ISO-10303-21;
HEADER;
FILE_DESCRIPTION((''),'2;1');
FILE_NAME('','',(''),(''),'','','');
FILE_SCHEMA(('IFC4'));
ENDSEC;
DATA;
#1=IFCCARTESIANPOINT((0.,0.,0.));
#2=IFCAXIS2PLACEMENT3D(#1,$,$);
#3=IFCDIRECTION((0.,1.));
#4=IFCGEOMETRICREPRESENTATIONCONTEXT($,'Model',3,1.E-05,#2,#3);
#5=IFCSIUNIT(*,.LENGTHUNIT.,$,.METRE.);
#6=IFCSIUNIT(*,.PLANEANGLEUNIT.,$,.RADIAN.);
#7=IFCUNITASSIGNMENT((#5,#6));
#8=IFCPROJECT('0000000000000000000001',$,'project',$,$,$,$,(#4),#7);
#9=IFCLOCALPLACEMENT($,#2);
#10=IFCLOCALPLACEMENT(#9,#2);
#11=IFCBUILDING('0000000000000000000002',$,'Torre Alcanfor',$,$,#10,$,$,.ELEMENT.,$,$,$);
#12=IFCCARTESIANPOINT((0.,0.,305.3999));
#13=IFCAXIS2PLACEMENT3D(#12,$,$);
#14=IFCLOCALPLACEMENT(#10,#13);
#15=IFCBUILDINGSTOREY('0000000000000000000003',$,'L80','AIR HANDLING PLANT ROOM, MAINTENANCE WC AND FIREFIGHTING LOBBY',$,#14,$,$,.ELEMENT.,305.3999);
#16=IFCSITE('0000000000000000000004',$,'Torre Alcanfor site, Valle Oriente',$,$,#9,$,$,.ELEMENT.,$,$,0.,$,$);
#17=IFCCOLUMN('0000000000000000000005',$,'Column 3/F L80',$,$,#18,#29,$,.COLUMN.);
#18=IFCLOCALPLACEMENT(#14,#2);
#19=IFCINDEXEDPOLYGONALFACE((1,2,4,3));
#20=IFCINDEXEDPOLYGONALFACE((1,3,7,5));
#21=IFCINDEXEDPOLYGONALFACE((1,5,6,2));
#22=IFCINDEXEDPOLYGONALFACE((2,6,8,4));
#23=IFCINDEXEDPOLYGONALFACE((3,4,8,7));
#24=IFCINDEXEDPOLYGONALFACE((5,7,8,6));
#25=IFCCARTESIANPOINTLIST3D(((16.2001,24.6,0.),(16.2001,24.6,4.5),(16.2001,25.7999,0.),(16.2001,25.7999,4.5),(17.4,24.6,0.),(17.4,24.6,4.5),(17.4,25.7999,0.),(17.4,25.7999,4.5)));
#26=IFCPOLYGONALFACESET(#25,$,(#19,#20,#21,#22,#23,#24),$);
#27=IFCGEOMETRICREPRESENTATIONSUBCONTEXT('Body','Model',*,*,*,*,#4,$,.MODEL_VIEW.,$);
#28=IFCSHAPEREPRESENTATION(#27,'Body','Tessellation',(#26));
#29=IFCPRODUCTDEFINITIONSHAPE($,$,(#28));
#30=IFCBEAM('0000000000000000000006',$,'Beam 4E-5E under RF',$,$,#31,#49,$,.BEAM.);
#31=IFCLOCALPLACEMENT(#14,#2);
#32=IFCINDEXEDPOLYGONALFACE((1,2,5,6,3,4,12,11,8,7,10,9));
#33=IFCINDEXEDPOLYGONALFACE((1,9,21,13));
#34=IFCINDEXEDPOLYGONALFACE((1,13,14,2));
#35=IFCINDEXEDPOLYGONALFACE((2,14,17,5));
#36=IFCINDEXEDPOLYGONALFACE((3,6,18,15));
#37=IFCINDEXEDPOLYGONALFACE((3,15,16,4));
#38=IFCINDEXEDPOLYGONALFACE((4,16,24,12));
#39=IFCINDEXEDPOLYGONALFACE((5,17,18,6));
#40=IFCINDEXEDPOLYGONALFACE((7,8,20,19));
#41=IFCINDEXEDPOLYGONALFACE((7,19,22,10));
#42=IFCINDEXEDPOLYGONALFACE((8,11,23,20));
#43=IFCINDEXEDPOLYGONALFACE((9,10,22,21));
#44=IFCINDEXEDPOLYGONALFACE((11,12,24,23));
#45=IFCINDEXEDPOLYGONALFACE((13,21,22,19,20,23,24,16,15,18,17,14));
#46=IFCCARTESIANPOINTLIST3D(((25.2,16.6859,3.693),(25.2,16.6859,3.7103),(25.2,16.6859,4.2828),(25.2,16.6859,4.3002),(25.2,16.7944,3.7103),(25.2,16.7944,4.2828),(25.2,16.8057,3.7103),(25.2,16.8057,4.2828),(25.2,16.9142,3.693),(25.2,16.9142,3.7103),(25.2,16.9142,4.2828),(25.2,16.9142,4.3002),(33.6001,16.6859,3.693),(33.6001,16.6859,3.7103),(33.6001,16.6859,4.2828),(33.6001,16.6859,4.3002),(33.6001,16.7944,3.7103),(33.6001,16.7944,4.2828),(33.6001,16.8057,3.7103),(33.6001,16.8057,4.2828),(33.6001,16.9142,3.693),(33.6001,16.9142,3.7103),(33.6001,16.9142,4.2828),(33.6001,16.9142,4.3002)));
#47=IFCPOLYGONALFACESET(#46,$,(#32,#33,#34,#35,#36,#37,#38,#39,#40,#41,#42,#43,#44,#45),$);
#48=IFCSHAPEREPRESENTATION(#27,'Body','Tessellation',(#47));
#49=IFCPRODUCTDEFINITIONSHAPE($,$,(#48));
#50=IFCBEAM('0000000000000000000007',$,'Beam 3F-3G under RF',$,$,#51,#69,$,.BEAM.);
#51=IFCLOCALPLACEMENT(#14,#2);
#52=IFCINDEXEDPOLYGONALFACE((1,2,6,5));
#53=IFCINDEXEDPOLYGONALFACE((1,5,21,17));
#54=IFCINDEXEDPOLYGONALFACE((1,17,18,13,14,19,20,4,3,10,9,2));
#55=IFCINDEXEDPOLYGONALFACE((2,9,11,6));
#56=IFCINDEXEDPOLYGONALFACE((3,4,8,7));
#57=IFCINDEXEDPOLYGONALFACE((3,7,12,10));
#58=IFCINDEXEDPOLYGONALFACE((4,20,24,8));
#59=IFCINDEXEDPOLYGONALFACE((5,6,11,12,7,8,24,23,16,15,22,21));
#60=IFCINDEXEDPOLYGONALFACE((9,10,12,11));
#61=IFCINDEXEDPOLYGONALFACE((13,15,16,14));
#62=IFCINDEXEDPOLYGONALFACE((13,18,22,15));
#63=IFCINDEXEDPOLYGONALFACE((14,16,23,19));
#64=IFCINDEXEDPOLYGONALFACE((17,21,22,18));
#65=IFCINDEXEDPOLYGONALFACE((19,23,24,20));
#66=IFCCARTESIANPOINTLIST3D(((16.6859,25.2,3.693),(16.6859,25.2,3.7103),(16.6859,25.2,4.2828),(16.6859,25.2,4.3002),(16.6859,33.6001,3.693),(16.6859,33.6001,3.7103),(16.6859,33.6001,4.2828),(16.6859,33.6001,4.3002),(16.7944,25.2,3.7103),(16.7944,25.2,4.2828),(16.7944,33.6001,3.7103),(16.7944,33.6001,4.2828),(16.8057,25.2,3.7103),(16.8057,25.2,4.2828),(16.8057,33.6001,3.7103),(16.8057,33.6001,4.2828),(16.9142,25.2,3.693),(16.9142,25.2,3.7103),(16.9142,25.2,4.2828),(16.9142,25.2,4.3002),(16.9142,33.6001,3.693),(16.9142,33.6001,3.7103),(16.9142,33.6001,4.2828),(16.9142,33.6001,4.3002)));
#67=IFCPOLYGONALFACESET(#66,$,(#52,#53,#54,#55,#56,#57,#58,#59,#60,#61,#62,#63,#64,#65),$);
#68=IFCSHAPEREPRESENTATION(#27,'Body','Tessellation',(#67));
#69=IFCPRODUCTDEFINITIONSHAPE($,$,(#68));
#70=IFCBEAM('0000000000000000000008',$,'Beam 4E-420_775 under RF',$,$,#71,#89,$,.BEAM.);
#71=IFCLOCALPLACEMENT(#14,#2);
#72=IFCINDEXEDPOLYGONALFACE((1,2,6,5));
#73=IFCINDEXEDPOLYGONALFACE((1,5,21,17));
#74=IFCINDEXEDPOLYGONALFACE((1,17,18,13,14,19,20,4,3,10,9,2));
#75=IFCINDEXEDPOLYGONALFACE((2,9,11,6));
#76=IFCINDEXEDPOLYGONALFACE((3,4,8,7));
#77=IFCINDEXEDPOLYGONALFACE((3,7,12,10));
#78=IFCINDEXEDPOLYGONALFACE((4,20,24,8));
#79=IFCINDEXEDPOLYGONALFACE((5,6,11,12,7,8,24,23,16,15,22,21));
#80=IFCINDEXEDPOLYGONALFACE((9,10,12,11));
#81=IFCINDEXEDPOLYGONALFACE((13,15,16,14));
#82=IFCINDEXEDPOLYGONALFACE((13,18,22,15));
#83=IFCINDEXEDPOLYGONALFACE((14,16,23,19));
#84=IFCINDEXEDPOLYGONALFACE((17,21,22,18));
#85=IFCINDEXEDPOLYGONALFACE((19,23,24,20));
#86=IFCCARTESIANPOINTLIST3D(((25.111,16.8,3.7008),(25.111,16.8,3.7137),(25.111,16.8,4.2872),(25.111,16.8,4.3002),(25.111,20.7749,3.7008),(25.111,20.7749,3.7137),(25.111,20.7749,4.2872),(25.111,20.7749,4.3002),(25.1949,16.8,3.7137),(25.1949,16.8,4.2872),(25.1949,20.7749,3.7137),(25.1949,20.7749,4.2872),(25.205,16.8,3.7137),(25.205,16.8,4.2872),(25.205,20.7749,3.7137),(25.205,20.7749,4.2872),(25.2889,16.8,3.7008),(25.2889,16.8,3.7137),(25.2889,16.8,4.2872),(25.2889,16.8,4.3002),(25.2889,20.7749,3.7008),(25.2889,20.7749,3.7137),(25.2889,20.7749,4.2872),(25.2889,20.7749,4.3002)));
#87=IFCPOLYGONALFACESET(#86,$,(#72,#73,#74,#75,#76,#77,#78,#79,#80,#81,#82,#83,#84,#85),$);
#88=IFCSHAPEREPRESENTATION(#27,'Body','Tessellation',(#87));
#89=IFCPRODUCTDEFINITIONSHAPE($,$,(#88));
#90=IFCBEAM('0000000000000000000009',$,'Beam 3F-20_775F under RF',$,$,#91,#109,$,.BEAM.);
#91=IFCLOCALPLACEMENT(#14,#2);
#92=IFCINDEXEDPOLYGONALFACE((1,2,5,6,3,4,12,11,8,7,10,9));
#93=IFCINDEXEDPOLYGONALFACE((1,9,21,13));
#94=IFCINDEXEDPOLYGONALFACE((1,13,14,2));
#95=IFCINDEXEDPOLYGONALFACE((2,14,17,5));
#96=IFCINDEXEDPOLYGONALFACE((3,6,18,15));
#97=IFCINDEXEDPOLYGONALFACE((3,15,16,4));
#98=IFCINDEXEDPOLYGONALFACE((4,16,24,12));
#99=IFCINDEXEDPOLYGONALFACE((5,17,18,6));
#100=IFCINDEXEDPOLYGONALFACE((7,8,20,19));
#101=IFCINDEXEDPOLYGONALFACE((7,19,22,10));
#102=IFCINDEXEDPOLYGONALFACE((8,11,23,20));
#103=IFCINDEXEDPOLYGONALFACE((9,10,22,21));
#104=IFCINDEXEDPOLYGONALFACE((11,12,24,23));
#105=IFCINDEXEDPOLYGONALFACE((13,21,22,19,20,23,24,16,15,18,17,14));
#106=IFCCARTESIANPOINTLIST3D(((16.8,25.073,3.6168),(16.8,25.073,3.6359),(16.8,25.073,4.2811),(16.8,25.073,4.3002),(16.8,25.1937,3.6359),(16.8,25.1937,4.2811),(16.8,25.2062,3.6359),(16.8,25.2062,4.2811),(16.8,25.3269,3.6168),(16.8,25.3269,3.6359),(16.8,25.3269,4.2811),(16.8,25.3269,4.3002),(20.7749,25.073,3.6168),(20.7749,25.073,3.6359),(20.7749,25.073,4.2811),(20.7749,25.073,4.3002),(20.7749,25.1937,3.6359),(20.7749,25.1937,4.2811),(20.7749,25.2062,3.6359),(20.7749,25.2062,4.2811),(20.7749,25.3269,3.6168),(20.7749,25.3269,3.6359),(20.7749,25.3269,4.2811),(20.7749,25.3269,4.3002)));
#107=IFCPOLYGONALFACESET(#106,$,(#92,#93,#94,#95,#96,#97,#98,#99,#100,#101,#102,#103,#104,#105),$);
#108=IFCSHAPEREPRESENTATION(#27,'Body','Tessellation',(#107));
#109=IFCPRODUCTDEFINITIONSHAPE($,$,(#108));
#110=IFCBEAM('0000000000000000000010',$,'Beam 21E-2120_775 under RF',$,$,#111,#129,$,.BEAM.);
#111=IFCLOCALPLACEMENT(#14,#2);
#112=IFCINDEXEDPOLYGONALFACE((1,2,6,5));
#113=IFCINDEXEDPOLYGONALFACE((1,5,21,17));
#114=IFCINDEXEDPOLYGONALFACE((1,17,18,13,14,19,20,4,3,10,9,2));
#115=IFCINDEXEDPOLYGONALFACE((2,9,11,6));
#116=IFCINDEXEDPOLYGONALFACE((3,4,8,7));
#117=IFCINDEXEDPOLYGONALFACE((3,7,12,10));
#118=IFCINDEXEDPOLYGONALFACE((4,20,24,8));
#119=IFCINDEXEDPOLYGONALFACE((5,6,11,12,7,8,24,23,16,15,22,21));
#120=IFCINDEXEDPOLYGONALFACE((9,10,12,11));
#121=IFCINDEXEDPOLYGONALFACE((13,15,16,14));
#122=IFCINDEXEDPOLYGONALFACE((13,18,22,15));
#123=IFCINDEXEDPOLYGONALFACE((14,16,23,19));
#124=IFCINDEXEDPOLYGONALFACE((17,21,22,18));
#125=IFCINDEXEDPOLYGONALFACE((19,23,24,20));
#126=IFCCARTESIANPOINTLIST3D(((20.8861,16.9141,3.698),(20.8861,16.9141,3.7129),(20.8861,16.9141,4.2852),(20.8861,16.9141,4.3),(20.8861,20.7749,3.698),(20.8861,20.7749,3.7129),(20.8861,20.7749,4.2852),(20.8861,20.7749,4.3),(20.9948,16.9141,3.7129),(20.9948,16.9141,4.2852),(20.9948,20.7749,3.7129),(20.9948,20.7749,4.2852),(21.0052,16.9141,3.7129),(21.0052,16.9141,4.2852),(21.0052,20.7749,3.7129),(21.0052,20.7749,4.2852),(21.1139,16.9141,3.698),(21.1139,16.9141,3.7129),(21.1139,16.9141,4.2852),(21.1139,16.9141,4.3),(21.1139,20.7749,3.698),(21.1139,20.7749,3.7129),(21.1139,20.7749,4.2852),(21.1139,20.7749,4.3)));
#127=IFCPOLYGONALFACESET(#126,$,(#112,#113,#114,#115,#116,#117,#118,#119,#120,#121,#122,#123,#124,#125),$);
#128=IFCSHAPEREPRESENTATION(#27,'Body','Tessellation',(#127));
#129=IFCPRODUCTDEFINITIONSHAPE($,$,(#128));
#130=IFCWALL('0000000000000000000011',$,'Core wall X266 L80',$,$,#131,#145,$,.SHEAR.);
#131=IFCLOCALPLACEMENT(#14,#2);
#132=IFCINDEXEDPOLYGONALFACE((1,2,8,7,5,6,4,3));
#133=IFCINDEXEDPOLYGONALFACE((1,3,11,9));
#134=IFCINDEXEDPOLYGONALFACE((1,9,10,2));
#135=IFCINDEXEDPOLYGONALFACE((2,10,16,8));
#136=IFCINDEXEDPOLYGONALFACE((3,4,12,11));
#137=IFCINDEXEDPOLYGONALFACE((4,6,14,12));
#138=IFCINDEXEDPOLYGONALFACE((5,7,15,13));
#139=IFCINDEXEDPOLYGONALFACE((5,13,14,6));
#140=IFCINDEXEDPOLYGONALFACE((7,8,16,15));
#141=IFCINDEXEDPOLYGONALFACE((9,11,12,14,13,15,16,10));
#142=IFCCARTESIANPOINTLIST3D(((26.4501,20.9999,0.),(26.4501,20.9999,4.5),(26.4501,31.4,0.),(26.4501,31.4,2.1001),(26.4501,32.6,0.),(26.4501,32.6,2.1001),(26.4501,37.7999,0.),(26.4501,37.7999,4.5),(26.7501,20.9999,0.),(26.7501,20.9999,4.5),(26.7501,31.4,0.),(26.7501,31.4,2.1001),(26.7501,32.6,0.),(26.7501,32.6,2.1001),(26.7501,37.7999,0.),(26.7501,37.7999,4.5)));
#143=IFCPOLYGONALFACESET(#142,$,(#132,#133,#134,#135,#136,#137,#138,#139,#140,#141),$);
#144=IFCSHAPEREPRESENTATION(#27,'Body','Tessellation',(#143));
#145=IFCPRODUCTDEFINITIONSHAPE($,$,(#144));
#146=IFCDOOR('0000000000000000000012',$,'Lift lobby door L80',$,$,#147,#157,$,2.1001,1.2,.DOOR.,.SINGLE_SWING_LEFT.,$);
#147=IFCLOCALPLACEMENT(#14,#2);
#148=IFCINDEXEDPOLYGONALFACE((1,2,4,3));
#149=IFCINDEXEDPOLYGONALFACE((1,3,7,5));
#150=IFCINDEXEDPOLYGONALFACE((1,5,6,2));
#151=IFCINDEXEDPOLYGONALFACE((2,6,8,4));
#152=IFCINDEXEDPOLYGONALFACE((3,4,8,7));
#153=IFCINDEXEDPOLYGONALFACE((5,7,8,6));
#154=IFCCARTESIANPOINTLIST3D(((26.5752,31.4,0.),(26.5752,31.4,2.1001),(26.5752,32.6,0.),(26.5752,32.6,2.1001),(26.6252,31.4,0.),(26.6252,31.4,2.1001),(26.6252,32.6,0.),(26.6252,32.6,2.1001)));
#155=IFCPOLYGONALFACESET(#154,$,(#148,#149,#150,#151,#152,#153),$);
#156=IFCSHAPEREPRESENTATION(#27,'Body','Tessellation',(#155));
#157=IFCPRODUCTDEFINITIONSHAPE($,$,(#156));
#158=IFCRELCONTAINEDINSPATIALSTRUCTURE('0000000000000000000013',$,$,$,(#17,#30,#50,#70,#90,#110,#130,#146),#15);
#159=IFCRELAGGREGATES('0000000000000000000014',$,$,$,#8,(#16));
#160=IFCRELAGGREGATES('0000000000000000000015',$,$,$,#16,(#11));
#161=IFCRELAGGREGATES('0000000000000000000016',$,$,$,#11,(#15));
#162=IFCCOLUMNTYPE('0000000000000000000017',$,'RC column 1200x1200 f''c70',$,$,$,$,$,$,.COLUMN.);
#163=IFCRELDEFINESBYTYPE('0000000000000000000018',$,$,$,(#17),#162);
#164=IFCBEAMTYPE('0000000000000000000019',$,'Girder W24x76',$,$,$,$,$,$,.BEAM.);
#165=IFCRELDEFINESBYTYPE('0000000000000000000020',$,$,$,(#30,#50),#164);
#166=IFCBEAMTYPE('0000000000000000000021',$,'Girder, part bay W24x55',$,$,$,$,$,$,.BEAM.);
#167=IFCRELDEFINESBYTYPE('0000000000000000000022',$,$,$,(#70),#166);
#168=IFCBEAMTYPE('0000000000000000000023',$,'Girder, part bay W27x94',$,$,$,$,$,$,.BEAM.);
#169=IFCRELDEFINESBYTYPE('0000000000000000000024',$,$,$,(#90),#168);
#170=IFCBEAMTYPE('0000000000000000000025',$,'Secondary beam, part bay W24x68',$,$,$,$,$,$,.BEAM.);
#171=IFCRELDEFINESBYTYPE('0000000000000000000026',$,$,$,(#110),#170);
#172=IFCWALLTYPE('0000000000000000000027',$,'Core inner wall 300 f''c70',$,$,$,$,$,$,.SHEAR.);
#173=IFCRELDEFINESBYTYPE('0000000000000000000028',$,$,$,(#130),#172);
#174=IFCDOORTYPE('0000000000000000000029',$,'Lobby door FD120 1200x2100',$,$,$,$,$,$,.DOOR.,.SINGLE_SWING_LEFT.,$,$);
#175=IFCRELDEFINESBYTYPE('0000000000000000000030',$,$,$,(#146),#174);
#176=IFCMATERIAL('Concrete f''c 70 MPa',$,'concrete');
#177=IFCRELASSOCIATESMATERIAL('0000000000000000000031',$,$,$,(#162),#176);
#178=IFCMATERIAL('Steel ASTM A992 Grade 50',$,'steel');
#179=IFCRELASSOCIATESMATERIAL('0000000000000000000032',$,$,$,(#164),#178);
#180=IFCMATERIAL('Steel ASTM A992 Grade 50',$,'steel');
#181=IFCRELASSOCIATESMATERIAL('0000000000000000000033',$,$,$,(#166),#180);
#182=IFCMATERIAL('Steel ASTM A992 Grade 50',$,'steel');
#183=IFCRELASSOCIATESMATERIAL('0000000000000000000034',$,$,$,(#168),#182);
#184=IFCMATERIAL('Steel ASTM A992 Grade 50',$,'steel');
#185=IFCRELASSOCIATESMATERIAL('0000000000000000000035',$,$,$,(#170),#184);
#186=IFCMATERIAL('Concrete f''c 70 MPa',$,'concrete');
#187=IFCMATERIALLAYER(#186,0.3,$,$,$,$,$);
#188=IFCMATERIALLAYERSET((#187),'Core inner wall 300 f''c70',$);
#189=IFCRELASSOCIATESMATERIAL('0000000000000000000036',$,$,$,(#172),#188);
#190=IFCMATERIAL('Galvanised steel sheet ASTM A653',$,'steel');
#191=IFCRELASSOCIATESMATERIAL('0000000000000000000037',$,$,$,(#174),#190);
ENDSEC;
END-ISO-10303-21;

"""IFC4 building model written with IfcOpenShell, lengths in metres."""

from ifc_helpers import new_model, si_unit, direction, frame, frame_2d, origin, origin_2d, place, context, subcontext, project, spatial, rectangle, i_section, extrude, material, layer, layer_set, material_profile, profile_set, type_object, element, fill, save


model = new_model("IFC4")

# Units and contexts
model_context = context("Model", 3, precision=1e-05, world=origin(), true_north=direction((0.0, 1.0)))
body_context = subcontext(model_context, "Body", "Model", "MODEL_VIEW")
ifc_project = project(units=[si_unit("LENGTHUNIT", "METRE"), si_unit("PLANEANGLEUNIT", "RADIAN")], contexts=[model_context])

# Site, building, storey
site_placement = place(None, origin())
site = spatial("IfcSite", under=ifc_project, at=site_placement, Name="Torre Alcanfor site, Valle Oriente", CompositionType="ELEMENT", RefElevation=0.0)
building_placement = place(site_placement, origin())
building = spatial("IfcBuilding", under=site, at=building_placement, Name="Torre Alcanfor", CompositionType="ELEMENT")
storey_placement = place(building_placement, frame((0.0, 0.0, 305.3999)))
storey = spatial("IfcBuildingStorey", under=building, at=storey_placement, Name="L80", Description="AIR HANDLING PLANT ROOM, MAINTENANCE WC AND FIREFIGHTING LOBBY", CompositionType="ELEMENT", Elevation=305.3999)

# Column
ifc_material_1 = material(Name="Concrete f'c 70 MPa", Category="concrete")
ifc_material_profile_1 = material_profile(ifc_material_1, rectangle(XDim=1.2, YDim=1.2, at=origin_2d()), Name="1200x1200")
ifc_profile_set_1 = profile_set([ifc_material_profile_1], Name="Concrete f'c 70 MPa")
column_type = type_object("IfcColumnType", Name="RC column 1200x1200 f'c70", PredefinedType="COLUMN", material=ifc_profile_set_1)
column_placement = place(storey_placement, frame((16.8, 25.2, 0.0), z_axis=(0.0, 0.0, 1.0), x_axis=(1.0, 0.0, 0.0)))
element("IfcColumn", 1, at=column_placement, inside=storey, type_object=column_type, Name="Column 3/F L80", PredefinedType="COLUMN", context=body_context, shape_type="SweptSolid", body=[
    extrude(rectangle(XDim=1.2, YDim=1.2, at=origin_2d()), origin(), (0.0, 0.0, 1.0), 4.5),
])

# Beams
ifc_material_2 = material(Name="Steel ASTM A992 Grade 50", Category="steel")
ifc_material_profile_2 = material_profile(ifc_material_2, i_section(OverallWidth=0.2283, OverallDepth=0.6072, WebThickness=0.0112, FlangeThickness=0.0173, at=origin_2d()), Name="W24x76")
ifc_profile_set_2 = profile_set([ifc_material_profile_2], Name="Steel ASTM A992 Grade 50")
beam_type_1 = type_object("IfcBeamType", Name="Girder W24x76", PredefinedType="BEAM", material=ifc_profile_set_2)
for number, where, z_axis, x_axis, name in (
    (2, (25.2, 16.8, 3.9966), (1.0, 0.0, 0.0), (0.0, 1.0, 0.0), "Beam 4E-5E under RF"),
    (3, (16.8, 25.2, 3.9966), (0.0, 1.0, 0.0), (-1.0, 0.0, 0.0), "Beam 3F-3G under RF"),
):
    element("IfcBeam", number, at=place(storey_placement, frame(where, z_axis=z_axis, x_axis=x_axis)), inside=storey, type_object=beam_type_1, Name=name, PredefinedType="BEAM", context=body_context, shape_type="SweptSolid", body=[
        extrude(i_section(OverallWidth=0.2283, OverallDepth=0.6072, WebThickness=0.0112, FlangeThickness=0.0173, at=origin_2d()), origin(), (0.0, 0.0, 1.0), 8.4001),
    ])
ifc_material_3 = material(Name="Steel ASTM A992 Grade 50", Category="steel")
ifc_material_profile_3 = material_profile(ifc_material_3, i_section(OverallWidth=0.178, OverallDepth=0.5994, WebThickness=0.01, FlangeThickness=0.0129, at=origin_2d()), Name="W24x55")
ifc_profile_set_3 = profile_set([ifc_material_profile_3], Name="Steel ASTM A992 Grade 50")
beam_type_2 = type_object("IfcBeamType", Name="Girder, part bay W24x55", PredefinedType="BEAM", material=ifc_profile_set_3)
beam_1_placement = place(storey_placement, frame((25.2, 16.8, 4.0005), z_axis=(0.0, 1.0, 0.0), x_axis=(-1.0, 0.0, 0.0)))
element("IfcBeam", 4, at=beam_1_placement, inside=storey, type_object=beam_type_2, Name="Beam 4E-420_775 under RF", PredefinedType="BEAM", context=body_context, shape_type="SweptSolid", body=[
    extrude(i_section(OverallWidth=0.178, OverallDepth=0.5994, WebThickness=0.01, FlangeThickness=0.0129, at=origin_2d()), origin(), (0.0, 0.0, 1.0), 3.9749),
])
ifc_material_4 = material(Name="Steel ASTM A992 Grade 50", Category="steel")
ifc_material_profile_4 = material_profile(ifc_material_4, i_section(OverallWidth=0.2539, OverallDepth=0.6833, WebThickness=0.0125, FlangeThickness=0.019, at=origin_2d()), Name="W27x94")
ifc_profile_set_4 = profile_set([ifc_material_profile_4], Name="Steel ASTM A992 Grade 50")
beam_type_3 = type_object("IfcBeamType", Name="Girder, part bay W27x94", PredefinedType="BEAM", material=ifc_profile_set_4)
beam_2_placement = place(storey_placement, frame((16.8, 25.2, 3.9585), z_axis=(1.0, 0.0, 0.0), x_axis=(0.0, 1.0, 0.0)))
element("IfcBeam", 5, at=beam_2_placement, inside=storey, type_object=beam_type_3, Name="Beam 3F-20_775F under RF", PredefinedType="BEAM", context=body_context, shape_type="SweptSolid", body=[
    extrude(i_section(OverallWidth=0.2539, OverallDepth=0.6833, WebThickness=0.0125, FlangeThickness=0.019, at=origin_2d()), origin(), (0.0, 0.0, 1.0), 3.9749),
])
ifc_material_5 = material(Name="Steel ASTM A992 Grade 50", Category="steel")
ifc_material_profile_5 = material_profile(ifc_material_5, i_section(OverallWidth=0.2278, OverallDepth=0.6021, WebThickness=0.0105, FlangeThickness=0.0149, at=origin_2d()), Name="W24x68")
ifc_profile_set_5 = profile_set([ifc_material_profile_5], Name="Steel ASTM A992 Grade 50")
beam_type_4 = type_object("IfcBeamType", Name="Secondary beam, part bay W24x68", PredefinedType="BEAM", material=ifc_profile_set_5)
beam_3_placement = place(storey_placement, frame((21.0, 16.9141, 3.999), z_axis=(0.0, 1.0, 0.0), x_axis=(-1.0, 0.0, 0.0)))
element("IfcBeam", 6, at=beam_3_placement, inside=storey, type_object=beam_type_4, Name="Beam 21E-2120_775 under RF", PredefinedType="BEAM", context=body_context, shape_type="SweptSolid", body=[
    extrude(i_section(OverallWidth=0.2278, OverallDepth=0.6021, WebThickness=0.0105, FlangeThickness=0.0149, at=origin_2d()), origin(), (0.0, 0.0, 1.0), 3.8608),
])

# Wall, opening, door
ifc_material_6 = material(Name="Concrete f'c 70 MPa", Category="concrete")
ifc_layer_1 = layer(ifc_material_6, 0.3)
ifc_layer_set_1 = layer_set([ifc_layer_1], Name="Core inner wall 300 f'c70")
wall_type_1 = type_object("IfcWallType", Name="Core inner wall 300 f'c70", PredefinedType="SHEAR", material=ifc_layer_set_1)
wall_1_placement = place(storey_placement, frame((26.6001, 21.0, 0.0), z_axis=(0.0, 0.0, 1.0), x_axis=(0.0, 1.0, 0.0)))
wall_1 = element("IfcWall", 7, at=wall_1_placement, inside=storey, type_object=wall_type_1, Name="Core wall X266 L80", PredefinedType="SHEAR", context=body_context, shape_type="SweptSolid", body=[
    extrude(rectangle(XDim=16.8, YDim=0.3, at=frame_2d((8.3999, 0.0))), origin(), (0.0, 0.0, 1.0), 4.5),
])
opening_1_placement = place(wall_1_placement, frame((10.3999, 0.0, 0.0)))
opening_1 = element("IfcOpeningElement", 8, at=opening_1_placement, cuts=wall_1, PredefinedType="OPENING", context=body_context, shape_type="SweptSolid", body=[
    extrude(rectangle(XDim=1.2, YDim=2.1001, at=frame_2d((0.6001, 1.05))), frame((0.0, 0.1599, 0.0), z_axis=(0.0, -1.0, 0.0), x_axis=(1.0, 0.0, 0.0)), (0.0, 0.0, 1.0), 0.3201),
])
ifc_material_7 = material(Name="Galvanised steel sheet ASTM A653", Category="steel")
door_type_1 = type_object("IfcDoorType", Name="Lobby door FD120 1200x2100", OperationType="SINGLE_SWING_LEFT", PredefinedType="DOOR", material=ifc_material_7)
door_1_placement = place(opening_1_placement, origin())
door_1 = element("IfcDoor", 9, at=door_1_placement, inside=storey, type_object=door_type_1, Name="Lift lobby door L80", OperationType="SINGLE_SWING_LEFT", OverallHeight=2.1001, OverallWidth=1.2, PredefinedType="DOOR", context=body_context, shape_type="SweptSolid", body=[
    extrude(rectangle(XDim=1.2, YDim=2.1001, at=frame_2d((0.6001, 1.05))), frame((0.0, 0.0249, 0.0), z_axis=(0.0, -1.0, 0.0), x_axis=(1.0, 0.0, 0.0)), (0.0, 0.0, 1.0), 0.05),
])
fill(opening_1, door_1)

save(model, "model.ifc")
